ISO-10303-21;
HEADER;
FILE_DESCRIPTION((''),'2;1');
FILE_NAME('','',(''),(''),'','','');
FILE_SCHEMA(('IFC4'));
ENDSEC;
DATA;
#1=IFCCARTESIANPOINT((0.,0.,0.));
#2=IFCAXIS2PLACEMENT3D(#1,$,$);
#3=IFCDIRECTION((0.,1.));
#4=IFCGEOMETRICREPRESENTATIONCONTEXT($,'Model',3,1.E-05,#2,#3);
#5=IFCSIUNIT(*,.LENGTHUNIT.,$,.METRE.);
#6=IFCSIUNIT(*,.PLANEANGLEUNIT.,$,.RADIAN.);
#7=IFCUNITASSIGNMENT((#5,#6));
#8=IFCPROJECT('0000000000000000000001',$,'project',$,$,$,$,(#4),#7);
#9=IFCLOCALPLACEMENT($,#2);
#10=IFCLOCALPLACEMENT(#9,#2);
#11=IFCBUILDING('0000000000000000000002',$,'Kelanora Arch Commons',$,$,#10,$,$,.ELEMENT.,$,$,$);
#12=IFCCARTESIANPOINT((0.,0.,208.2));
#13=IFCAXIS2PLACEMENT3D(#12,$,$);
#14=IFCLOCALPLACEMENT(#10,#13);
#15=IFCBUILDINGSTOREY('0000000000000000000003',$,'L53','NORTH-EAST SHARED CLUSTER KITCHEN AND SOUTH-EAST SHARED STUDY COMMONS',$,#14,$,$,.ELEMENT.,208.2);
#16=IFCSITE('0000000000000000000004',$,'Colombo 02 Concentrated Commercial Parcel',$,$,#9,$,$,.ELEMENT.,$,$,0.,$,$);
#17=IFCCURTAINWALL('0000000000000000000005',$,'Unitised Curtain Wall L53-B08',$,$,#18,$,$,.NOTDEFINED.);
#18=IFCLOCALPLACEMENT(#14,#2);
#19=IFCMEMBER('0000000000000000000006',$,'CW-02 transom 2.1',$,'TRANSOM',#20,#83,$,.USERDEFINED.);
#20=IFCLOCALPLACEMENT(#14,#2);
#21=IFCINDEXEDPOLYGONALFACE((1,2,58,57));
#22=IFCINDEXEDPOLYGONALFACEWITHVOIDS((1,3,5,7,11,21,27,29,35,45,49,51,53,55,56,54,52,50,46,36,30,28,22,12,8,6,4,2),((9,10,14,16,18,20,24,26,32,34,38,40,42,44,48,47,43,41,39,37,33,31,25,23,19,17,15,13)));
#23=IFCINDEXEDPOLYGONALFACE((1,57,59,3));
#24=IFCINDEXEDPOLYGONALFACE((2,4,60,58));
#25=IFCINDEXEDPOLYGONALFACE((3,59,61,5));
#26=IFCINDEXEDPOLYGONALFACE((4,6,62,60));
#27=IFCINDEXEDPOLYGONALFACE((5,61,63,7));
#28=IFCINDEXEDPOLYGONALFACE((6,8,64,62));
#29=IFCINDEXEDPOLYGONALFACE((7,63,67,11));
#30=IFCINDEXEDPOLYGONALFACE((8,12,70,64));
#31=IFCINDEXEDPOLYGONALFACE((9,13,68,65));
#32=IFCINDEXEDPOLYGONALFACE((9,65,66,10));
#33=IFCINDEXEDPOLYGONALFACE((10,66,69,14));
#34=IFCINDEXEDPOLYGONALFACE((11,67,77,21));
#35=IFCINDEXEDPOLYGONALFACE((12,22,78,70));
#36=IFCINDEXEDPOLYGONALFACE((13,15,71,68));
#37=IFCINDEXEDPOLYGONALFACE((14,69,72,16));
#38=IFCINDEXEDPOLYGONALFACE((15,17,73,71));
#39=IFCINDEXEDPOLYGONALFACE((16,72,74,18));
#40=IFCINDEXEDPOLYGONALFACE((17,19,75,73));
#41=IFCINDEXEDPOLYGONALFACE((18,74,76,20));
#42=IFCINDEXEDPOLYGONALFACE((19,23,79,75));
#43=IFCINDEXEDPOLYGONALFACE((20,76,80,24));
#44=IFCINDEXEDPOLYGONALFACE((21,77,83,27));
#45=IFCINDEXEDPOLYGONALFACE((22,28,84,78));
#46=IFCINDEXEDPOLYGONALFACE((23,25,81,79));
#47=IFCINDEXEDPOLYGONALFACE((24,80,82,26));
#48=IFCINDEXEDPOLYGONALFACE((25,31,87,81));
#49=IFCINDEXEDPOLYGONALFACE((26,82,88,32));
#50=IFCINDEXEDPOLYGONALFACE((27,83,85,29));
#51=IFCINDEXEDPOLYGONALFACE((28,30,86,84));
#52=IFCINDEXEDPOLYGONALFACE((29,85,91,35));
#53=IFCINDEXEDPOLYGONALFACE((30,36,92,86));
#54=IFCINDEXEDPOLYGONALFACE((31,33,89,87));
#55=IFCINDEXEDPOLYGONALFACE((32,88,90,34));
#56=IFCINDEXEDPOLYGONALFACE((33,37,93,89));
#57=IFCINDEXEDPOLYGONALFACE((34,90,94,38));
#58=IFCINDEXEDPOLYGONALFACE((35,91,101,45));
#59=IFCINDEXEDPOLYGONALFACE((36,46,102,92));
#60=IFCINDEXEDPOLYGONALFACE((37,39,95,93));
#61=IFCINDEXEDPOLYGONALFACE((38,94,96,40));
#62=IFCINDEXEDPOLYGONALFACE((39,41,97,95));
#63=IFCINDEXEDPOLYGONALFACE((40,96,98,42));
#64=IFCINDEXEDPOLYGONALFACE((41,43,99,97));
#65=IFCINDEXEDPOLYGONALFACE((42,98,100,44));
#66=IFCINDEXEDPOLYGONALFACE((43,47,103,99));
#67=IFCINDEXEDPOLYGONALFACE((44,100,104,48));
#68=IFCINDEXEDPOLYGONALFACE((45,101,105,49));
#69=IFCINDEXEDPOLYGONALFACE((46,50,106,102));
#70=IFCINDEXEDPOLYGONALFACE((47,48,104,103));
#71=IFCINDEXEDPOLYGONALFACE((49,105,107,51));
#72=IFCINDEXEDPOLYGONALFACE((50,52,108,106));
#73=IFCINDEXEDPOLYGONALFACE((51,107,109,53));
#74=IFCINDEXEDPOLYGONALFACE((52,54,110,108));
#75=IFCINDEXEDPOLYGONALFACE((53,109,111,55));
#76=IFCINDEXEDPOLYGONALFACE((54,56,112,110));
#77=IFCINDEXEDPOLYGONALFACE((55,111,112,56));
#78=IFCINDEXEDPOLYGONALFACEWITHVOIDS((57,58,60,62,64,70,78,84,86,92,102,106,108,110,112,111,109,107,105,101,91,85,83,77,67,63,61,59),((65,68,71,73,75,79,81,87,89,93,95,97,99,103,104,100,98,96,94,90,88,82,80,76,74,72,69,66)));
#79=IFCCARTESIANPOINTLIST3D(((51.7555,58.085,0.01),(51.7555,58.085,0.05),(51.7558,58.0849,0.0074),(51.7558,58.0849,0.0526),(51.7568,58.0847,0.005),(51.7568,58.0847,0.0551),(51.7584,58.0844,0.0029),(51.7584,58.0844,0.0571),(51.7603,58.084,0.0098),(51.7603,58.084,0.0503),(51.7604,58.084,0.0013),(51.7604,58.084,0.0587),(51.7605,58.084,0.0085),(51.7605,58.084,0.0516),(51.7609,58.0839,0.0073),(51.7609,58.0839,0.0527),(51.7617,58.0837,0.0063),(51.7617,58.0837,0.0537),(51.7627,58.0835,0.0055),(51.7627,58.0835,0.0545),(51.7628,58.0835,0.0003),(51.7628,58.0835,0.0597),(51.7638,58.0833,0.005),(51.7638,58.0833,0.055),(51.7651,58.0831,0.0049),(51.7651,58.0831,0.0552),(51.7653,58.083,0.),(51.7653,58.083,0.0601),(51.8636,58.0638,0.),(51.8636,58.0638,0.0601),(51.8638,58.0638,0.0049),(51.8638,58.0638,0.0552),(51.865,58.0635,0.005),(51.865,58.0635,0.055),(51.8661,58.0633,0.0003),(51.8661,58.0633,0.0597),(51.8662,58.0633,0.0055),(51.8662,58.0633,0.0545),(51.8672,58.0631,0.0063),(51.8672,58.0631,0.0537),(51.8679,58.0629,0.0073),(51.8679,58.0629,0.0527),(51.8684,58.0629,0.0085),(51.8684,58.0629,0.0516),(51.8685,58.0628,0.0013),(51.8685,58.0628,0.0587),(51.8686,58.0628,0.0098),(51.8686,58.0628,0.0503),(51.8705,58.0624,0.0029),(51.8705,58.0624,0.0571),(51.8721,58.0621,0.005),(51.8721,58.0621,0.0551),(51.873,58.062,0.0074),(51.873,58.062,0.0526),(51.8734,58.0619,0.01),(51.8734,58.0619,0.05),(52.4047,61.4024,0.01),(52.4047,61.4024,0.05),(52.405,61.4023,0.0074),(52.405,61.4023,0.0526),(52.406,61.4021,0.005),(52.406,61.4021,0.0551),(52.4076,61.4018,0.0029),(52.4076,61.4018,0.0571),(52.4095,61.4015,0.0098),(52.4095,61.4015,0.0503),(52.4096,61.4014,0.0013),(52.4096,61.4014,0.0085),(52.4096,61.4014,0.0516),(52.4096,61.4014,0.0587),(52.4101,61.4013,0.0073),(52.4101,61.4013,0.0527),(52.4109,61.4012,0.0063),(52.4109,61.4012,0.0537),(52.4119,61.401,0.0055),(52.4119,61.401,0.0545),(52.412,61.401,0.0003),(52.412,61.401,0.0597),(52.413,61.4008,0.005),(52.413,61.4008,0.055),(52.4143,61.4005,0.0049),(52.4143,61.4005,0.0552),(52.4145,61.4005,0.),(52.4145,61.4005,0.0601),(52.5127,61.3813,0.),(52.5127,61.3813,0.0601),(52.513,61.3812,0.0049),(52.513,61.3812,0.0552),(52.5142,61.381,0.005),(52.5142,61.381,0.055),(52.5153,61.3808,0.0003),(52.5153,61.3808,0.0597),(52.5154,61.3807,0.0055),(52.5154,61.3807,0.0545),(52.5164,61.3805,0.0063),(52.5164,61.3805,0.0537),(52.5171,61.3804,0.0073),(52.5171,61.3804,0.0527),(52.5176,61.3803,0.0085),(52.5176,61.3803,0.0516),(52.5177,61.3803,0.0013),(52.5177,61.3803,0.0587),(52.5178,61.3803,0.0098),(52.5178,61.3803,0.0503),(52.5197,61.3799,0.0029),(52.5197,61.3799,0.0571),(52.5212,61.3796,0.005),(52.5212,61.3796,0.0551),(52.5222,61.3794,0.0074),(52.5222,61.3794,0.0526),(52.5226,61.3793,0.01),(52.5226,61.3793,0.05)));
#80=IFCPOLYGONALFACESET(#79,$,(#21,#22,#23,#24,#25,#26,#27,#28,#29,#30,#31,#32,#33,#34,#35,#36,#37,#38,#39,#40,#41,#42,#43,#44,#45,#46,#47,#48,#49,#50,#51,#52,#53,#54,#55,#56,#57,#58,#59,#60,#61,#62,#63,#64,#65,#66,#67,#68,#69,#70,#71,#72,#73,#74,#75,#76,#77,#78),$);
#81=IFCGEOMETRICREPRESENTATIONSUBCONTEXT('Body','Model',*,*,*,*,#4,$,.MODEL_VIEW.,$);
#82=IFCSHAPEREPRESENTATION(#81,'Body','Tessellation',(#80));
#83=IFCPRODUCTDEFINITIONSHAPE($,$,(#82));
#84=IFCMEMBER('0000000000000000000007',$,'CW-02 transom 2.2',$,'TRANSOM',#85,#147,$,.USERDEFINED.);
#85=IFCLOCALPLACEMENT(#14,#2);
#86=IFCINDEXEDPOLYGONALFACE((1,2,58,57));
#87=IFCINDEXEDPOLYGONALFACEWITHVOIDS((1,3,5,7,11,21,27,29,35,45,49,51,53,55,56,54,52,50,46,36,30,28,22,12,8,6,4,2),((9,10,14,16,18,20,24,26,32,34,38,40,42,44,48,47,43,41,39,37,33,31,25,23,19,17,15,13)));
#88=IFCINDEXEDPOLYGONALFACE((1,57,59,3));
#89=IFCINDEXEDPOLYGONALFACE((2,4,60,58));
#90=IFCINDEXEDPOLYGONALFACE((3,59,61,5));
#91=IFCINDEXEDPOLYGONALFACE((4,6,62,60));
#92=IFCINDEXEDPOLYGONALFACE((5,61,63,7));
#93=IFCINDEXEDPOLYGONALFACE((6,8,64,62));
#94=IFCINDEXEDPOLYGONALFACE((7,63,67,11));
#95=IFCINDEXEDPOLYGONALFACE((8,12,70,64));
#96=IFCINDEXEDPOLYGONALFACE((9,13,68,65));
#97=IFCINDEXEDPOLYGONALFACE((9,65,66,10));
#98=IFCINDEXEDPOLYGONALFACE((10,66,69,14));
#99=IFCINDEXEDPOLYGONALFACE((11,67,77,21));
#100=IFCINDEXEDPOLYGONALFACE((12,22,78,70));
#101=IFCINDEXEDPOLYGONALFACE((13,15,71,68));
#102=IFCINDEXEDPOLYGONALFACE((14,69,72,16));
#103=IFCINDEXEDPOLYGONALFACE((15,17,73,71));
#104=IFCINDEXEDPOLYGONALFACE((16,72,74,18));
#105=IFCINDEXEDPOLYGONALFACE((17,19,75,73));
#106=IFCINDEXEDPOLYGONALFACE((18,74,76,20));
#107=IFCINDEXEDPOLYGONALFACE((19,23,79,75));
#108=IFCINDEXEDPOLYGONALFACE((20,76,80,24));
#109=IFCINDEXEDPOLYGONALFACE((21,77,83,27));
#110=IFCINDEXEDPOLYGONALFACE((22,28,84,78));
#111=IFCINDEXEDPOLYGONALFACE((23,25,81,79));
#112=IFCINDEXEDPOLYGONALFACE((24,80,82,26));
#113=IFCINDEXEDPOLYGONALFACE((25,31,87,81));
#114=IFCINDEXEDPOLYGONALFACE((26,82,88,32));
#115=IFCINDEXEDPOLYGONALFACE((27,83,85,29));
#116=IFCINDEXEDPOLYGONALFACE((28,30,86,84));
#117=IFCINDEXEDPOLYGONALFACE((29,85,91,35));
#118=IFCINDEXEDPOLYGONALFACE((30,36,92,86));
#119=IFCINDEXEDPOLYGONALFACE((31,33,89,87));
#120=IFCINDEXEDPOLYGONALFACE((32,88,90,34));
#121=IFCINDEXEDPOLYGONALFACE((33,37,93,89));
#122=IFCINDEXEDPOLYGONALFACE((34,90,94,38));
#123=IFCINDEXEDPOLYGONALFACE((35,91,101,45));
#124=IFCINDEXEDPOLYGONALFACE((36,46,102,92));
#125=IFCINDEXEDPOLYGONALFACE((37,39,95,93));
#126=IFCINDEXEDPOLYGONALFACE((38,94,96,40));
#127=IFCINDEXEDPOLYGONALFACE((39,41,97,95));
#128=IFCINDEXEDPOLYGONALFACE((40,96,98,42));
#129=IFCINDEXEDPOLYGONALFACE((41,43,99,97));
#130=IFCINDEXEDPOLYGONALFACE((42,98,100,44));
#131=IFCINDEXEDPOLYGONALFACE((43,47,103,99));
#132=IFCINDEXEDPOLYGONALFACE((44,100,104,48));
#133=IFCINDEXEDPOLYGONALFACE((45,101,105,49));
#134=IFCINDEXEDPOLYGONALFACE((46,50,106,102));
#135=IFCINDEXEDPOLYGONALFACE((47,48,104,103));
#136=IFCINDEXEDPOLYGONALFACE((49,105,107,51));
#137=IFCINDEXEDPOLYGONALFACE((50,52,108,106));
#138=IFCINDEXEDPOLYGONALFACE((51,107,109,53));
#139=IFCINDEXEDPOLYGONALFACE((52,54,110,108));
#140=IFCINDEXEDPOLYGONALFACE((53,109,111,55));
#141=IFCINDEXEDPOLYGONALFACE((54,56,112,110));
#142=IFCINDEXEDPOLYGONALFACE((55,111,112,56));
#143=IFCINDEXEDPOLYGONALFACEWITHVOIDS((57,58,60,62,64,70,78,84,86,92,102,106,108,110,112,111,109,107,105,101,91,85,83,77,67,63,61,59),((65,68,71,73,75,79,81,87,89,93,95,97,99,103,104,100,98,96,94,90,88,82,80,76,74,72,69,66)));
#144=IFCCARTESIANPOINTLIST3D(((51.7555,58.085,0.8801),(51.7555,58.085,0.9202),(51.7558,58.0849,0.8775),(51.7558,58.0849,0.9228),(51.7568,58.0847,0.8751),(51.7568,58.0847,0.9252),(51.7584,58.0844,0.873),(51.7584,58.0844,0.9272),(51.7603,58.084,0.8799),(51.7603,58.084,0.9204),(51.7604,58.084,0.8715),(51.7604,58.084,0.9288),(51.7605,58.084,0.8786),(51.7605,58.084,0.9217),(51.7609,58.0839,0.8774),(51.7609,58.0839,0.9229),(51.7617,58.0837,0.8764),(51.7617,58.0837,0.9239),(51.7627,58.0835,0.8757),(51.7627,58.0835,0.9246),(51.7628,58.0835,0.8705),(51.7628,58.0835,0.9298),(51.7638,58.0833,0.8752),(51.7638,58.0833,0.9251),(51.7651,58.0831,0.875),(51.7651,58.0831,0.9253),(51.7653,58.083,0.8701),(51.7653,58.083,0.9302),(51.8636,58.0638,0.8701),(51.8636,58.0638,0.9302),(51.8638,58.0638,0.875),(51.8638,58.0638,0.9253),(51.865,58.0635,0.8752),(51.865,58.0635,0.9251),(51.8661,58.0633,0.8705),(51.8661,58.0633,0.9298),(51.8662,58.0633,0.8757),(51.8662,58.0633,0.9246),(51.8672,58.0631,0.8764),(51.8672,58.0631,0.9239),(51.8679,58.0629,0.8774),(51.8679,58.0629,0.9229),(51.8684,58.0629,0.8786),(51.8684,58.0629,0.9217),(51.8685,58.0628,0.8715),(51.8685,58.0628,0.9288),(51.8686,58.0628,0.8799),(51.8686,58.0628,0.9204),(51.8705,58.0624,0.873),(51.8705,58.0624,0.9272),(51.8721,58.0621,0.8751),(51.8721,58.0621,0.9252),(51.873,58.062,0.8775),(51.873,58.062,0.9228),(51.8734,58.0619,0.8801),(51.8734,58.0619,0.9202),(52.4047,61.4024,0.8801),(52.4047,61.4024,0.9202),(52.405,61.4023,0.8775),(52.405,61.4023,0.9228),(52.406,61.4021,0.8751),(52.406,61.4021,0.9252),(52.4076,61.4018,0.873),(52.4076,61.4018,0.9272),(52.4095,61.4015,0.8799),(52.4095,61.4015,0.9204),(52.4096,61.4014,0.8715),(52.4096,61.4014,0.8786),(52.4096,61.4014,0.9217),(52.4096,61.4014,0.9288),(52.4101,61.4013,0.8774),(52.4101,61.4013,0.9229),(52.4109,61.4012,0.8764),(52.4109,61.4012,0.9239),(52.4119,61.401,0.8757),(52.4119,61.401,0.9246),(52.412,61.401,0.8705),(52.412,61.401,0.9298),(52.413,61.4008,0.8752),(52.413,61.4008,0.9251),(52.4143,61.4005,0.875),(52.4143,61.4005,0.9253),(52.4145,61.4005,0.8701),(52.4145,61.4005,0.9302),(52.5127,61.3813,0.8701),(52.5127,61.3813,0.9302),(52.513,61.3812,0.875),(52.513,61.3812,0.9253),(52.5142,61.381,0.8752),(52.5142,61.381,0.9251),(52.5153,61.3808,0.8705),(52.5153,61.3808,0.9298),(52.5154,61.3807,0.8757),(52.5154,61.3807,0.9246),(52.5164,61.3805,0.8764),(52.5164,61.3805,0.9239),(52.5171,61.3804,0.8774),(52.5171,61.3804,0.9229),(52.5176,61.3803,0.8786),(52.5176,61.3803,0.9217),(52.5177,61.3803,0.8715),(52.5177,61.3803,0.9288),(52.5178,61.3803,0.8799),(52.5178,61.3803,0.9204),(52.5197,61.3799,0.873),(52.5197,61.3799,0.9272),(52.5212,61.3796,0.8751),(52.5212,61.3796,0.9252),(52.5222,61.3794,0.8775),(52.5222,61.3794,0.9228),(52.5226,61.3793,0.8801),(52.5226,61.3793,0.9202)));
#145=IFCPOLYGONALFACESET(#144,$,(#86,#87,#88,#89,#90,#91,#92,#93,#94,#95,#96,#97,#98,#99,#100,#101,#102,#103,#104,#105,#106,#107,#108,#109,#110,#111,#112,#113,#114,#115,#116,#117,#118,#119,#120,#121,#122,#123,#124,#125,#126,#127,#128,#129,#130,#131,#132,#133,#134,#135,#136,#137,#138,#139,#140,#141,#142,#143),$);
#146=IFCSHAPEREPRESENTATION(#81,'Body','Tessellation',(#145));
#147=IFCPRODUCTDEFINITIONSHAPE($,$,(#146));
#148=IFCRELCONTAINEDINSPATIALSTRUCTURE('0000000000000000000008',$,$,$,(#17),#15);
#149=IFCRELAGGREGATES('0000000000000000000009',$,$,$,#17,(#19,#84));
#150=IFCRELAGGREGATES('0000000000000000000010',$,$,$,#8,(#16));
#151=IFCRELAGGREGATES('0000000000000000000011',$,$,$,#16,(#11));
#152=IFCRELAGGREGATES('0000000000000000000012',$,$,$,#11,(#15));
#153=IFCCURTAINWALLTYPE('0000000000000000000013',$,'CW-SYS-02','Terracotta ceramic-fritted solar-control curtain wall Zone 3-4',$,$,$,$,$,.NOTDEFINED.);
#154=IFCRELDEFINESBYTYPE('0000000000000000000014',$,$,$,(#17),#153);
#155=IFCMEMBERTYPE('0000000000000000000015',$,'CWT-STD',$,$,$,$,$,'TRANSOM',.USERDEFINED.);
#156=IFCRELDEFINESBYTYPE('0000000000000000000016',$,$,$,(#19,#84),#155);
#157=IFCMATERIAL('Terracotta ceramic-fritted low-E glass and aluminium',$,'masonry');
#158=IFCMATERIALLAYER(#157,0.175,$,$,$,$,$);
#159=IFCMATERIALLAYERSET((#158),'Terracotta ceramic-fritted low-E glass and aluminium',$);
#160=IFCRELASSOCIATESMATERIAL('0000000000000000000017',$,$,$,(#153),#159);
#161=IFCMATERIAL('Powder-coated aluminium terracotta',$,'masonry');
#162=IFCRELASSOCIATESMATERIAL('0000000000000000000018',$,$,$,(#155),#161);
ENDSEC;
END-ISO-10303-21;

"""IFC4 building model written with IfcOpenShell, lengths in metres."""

from ifc_helpers import new_model, si_unit, direction, frame, origin, origin_2d, place, context, subcontext, project, spatial, hollow_rectangle, extrude, material, layer, layer_set, material_profile, profile_set, type_object, element, aggregate, save


model = new_model("IFC4")

# Units and contexts
model_context = context("Model", 3, precision=1e-05, world=origin(), true_north=direction((0.0, 1.0)))
body_context = subcontext(model_context, "Body", "Model", "MODEL_VIEW")
ifc_project = project(units=[si_unit("LENGTHUNIT", "METRE"), si_unit("PLANEANGLEUNIT", "RADIAN")], contexts=[model_context])

# Site, building, storey
site_placement = place(None, origin())
site = spatial("IfcSite", under=ifc_project, at=site_placement, Name="Colombo 02 Concentrated Commercial Parcel", CompositionType="ELEMENT", RefElevation=0.0)
building_placement = place(site_placement, origin())
building = spatial("IfcBuilding", under=site, at=building_placement, Name="Kelanora Arch Commons", CompositionType="ELEMENT")
storey_placement = place(building_placement, frame((0.0, 0.0, 208.2)))
storey = spatial("IfcBuildingStorey", under=building, at=storey_placement, Name="L53", Description="NORTH-EAST SHARED CLUSTER KITCHEN AND SOUTH-EAST SHARED STUDY COMMONS", CompositionType="ELEMENT", Elevation=208.2)

# Curtain wall, members
ifc_material_1 = material(Name="Terracotta ceramic-fritted low-E glass and aluminium", Category="masonry")
ifc_layer_1 = layer(ifc_material_1, 0.175)
ifc_layer_set_1 = layer_set([ifc_layer_1], Name="Terracotta ceramic-fritted low-E glass and aluminium")
curtain_wall_type = type_object("IfcCurtainWallType", Name="CW-SYS-02", Description="Terracotta ceramic-fritted solar-control curtain wall Zone 3-4", PredefinedType="NOTDEFINED", material=ifc_layer_set_1)
curtain_wall_placement = place(storey_placement, origin())
curtain_wall = element("IfcCurtainWall", 1, at=curtain_wall_placement, inside=storey, type_object=curtain_wall_type, Name="Unitised Curtain Wall L53-B08", PredefinedType="NOTDEFINED")
ifc_material_2 = material(Name="Powder-coated aluminium terracotta", Category="masonry")
ifc_material_profile_1 = material_profile(ifc_material_2, hollow_rectangle(XDim=0.1201, YDim=0.0601, WallThickness=0.0049, InnerFilletRadius=0.0049, OuterFilletRadius=0.01, at=origin_2d()), Name="CWT120x60")
ifc_profile_set_1 = profile_set([ifc_material_profile_1], Name="Powder-coated aluminium terracotta")
member_type_1 = type_object("IfcMemberType", Name="CWT-STD", ElementType="TRANSOM", PredefinedType="USERDEFINED", material=ifc_profile_set_1)
member_1_placement = place(storey_placement, frame((52.4636, 61.3909, 0.03), z_axis=(-0.192045, -0.981386, 0.0), x_axis=(0.981386, -0.192045, 0.0)))
member_1 = element("IfcMember", 2, at=member_1_placement, type_object=member_type_1, Name="CW-02 transom 2.1", ObjectType="TRANSOM", PredefinedType="USERDEFINED", context=body_context, shape_type="SweptSolid", body=[
    extrude(hollow_rectangle(XDim=0.1201, YDim=0.0601, WallThickness=0.0049, InnerFilletRadius=0.0049, OuterFilletRadius=0.01, at=origin_2d()), origin(), (0.0, 0.0, 1.0), 3.3804),
])
member_2_placement = place(storey_placement, frame((52.4636, 61.3909, 0.9001), z_axis=(-0.192045, -0.981386, 0.0), x_axis=(0.981386, -0.192045, 0.0)))
member_2 = element("IfcMember", 3, at=member_2_placement, type_object=member_type_1, Name="CW-02 transom 2.2", ObjectType="TRANSOM", PredefinedType="USERDEFINED", context=body_context, shape_type="SweptSolid", body=[
    extrude(hollow_rectangle(XDim=0.1201, YDim=0.0601, WallThickness=0.0049, InnerFilletRadius=0.0049, OuterFilletRadius=0.01, at=origin_2d()), origin(), (0.0, 0.0, 1.0), 3.3804),
])
aggregate(curtain_wall, [member_1, member_2])

save(model, "model.ifc")
